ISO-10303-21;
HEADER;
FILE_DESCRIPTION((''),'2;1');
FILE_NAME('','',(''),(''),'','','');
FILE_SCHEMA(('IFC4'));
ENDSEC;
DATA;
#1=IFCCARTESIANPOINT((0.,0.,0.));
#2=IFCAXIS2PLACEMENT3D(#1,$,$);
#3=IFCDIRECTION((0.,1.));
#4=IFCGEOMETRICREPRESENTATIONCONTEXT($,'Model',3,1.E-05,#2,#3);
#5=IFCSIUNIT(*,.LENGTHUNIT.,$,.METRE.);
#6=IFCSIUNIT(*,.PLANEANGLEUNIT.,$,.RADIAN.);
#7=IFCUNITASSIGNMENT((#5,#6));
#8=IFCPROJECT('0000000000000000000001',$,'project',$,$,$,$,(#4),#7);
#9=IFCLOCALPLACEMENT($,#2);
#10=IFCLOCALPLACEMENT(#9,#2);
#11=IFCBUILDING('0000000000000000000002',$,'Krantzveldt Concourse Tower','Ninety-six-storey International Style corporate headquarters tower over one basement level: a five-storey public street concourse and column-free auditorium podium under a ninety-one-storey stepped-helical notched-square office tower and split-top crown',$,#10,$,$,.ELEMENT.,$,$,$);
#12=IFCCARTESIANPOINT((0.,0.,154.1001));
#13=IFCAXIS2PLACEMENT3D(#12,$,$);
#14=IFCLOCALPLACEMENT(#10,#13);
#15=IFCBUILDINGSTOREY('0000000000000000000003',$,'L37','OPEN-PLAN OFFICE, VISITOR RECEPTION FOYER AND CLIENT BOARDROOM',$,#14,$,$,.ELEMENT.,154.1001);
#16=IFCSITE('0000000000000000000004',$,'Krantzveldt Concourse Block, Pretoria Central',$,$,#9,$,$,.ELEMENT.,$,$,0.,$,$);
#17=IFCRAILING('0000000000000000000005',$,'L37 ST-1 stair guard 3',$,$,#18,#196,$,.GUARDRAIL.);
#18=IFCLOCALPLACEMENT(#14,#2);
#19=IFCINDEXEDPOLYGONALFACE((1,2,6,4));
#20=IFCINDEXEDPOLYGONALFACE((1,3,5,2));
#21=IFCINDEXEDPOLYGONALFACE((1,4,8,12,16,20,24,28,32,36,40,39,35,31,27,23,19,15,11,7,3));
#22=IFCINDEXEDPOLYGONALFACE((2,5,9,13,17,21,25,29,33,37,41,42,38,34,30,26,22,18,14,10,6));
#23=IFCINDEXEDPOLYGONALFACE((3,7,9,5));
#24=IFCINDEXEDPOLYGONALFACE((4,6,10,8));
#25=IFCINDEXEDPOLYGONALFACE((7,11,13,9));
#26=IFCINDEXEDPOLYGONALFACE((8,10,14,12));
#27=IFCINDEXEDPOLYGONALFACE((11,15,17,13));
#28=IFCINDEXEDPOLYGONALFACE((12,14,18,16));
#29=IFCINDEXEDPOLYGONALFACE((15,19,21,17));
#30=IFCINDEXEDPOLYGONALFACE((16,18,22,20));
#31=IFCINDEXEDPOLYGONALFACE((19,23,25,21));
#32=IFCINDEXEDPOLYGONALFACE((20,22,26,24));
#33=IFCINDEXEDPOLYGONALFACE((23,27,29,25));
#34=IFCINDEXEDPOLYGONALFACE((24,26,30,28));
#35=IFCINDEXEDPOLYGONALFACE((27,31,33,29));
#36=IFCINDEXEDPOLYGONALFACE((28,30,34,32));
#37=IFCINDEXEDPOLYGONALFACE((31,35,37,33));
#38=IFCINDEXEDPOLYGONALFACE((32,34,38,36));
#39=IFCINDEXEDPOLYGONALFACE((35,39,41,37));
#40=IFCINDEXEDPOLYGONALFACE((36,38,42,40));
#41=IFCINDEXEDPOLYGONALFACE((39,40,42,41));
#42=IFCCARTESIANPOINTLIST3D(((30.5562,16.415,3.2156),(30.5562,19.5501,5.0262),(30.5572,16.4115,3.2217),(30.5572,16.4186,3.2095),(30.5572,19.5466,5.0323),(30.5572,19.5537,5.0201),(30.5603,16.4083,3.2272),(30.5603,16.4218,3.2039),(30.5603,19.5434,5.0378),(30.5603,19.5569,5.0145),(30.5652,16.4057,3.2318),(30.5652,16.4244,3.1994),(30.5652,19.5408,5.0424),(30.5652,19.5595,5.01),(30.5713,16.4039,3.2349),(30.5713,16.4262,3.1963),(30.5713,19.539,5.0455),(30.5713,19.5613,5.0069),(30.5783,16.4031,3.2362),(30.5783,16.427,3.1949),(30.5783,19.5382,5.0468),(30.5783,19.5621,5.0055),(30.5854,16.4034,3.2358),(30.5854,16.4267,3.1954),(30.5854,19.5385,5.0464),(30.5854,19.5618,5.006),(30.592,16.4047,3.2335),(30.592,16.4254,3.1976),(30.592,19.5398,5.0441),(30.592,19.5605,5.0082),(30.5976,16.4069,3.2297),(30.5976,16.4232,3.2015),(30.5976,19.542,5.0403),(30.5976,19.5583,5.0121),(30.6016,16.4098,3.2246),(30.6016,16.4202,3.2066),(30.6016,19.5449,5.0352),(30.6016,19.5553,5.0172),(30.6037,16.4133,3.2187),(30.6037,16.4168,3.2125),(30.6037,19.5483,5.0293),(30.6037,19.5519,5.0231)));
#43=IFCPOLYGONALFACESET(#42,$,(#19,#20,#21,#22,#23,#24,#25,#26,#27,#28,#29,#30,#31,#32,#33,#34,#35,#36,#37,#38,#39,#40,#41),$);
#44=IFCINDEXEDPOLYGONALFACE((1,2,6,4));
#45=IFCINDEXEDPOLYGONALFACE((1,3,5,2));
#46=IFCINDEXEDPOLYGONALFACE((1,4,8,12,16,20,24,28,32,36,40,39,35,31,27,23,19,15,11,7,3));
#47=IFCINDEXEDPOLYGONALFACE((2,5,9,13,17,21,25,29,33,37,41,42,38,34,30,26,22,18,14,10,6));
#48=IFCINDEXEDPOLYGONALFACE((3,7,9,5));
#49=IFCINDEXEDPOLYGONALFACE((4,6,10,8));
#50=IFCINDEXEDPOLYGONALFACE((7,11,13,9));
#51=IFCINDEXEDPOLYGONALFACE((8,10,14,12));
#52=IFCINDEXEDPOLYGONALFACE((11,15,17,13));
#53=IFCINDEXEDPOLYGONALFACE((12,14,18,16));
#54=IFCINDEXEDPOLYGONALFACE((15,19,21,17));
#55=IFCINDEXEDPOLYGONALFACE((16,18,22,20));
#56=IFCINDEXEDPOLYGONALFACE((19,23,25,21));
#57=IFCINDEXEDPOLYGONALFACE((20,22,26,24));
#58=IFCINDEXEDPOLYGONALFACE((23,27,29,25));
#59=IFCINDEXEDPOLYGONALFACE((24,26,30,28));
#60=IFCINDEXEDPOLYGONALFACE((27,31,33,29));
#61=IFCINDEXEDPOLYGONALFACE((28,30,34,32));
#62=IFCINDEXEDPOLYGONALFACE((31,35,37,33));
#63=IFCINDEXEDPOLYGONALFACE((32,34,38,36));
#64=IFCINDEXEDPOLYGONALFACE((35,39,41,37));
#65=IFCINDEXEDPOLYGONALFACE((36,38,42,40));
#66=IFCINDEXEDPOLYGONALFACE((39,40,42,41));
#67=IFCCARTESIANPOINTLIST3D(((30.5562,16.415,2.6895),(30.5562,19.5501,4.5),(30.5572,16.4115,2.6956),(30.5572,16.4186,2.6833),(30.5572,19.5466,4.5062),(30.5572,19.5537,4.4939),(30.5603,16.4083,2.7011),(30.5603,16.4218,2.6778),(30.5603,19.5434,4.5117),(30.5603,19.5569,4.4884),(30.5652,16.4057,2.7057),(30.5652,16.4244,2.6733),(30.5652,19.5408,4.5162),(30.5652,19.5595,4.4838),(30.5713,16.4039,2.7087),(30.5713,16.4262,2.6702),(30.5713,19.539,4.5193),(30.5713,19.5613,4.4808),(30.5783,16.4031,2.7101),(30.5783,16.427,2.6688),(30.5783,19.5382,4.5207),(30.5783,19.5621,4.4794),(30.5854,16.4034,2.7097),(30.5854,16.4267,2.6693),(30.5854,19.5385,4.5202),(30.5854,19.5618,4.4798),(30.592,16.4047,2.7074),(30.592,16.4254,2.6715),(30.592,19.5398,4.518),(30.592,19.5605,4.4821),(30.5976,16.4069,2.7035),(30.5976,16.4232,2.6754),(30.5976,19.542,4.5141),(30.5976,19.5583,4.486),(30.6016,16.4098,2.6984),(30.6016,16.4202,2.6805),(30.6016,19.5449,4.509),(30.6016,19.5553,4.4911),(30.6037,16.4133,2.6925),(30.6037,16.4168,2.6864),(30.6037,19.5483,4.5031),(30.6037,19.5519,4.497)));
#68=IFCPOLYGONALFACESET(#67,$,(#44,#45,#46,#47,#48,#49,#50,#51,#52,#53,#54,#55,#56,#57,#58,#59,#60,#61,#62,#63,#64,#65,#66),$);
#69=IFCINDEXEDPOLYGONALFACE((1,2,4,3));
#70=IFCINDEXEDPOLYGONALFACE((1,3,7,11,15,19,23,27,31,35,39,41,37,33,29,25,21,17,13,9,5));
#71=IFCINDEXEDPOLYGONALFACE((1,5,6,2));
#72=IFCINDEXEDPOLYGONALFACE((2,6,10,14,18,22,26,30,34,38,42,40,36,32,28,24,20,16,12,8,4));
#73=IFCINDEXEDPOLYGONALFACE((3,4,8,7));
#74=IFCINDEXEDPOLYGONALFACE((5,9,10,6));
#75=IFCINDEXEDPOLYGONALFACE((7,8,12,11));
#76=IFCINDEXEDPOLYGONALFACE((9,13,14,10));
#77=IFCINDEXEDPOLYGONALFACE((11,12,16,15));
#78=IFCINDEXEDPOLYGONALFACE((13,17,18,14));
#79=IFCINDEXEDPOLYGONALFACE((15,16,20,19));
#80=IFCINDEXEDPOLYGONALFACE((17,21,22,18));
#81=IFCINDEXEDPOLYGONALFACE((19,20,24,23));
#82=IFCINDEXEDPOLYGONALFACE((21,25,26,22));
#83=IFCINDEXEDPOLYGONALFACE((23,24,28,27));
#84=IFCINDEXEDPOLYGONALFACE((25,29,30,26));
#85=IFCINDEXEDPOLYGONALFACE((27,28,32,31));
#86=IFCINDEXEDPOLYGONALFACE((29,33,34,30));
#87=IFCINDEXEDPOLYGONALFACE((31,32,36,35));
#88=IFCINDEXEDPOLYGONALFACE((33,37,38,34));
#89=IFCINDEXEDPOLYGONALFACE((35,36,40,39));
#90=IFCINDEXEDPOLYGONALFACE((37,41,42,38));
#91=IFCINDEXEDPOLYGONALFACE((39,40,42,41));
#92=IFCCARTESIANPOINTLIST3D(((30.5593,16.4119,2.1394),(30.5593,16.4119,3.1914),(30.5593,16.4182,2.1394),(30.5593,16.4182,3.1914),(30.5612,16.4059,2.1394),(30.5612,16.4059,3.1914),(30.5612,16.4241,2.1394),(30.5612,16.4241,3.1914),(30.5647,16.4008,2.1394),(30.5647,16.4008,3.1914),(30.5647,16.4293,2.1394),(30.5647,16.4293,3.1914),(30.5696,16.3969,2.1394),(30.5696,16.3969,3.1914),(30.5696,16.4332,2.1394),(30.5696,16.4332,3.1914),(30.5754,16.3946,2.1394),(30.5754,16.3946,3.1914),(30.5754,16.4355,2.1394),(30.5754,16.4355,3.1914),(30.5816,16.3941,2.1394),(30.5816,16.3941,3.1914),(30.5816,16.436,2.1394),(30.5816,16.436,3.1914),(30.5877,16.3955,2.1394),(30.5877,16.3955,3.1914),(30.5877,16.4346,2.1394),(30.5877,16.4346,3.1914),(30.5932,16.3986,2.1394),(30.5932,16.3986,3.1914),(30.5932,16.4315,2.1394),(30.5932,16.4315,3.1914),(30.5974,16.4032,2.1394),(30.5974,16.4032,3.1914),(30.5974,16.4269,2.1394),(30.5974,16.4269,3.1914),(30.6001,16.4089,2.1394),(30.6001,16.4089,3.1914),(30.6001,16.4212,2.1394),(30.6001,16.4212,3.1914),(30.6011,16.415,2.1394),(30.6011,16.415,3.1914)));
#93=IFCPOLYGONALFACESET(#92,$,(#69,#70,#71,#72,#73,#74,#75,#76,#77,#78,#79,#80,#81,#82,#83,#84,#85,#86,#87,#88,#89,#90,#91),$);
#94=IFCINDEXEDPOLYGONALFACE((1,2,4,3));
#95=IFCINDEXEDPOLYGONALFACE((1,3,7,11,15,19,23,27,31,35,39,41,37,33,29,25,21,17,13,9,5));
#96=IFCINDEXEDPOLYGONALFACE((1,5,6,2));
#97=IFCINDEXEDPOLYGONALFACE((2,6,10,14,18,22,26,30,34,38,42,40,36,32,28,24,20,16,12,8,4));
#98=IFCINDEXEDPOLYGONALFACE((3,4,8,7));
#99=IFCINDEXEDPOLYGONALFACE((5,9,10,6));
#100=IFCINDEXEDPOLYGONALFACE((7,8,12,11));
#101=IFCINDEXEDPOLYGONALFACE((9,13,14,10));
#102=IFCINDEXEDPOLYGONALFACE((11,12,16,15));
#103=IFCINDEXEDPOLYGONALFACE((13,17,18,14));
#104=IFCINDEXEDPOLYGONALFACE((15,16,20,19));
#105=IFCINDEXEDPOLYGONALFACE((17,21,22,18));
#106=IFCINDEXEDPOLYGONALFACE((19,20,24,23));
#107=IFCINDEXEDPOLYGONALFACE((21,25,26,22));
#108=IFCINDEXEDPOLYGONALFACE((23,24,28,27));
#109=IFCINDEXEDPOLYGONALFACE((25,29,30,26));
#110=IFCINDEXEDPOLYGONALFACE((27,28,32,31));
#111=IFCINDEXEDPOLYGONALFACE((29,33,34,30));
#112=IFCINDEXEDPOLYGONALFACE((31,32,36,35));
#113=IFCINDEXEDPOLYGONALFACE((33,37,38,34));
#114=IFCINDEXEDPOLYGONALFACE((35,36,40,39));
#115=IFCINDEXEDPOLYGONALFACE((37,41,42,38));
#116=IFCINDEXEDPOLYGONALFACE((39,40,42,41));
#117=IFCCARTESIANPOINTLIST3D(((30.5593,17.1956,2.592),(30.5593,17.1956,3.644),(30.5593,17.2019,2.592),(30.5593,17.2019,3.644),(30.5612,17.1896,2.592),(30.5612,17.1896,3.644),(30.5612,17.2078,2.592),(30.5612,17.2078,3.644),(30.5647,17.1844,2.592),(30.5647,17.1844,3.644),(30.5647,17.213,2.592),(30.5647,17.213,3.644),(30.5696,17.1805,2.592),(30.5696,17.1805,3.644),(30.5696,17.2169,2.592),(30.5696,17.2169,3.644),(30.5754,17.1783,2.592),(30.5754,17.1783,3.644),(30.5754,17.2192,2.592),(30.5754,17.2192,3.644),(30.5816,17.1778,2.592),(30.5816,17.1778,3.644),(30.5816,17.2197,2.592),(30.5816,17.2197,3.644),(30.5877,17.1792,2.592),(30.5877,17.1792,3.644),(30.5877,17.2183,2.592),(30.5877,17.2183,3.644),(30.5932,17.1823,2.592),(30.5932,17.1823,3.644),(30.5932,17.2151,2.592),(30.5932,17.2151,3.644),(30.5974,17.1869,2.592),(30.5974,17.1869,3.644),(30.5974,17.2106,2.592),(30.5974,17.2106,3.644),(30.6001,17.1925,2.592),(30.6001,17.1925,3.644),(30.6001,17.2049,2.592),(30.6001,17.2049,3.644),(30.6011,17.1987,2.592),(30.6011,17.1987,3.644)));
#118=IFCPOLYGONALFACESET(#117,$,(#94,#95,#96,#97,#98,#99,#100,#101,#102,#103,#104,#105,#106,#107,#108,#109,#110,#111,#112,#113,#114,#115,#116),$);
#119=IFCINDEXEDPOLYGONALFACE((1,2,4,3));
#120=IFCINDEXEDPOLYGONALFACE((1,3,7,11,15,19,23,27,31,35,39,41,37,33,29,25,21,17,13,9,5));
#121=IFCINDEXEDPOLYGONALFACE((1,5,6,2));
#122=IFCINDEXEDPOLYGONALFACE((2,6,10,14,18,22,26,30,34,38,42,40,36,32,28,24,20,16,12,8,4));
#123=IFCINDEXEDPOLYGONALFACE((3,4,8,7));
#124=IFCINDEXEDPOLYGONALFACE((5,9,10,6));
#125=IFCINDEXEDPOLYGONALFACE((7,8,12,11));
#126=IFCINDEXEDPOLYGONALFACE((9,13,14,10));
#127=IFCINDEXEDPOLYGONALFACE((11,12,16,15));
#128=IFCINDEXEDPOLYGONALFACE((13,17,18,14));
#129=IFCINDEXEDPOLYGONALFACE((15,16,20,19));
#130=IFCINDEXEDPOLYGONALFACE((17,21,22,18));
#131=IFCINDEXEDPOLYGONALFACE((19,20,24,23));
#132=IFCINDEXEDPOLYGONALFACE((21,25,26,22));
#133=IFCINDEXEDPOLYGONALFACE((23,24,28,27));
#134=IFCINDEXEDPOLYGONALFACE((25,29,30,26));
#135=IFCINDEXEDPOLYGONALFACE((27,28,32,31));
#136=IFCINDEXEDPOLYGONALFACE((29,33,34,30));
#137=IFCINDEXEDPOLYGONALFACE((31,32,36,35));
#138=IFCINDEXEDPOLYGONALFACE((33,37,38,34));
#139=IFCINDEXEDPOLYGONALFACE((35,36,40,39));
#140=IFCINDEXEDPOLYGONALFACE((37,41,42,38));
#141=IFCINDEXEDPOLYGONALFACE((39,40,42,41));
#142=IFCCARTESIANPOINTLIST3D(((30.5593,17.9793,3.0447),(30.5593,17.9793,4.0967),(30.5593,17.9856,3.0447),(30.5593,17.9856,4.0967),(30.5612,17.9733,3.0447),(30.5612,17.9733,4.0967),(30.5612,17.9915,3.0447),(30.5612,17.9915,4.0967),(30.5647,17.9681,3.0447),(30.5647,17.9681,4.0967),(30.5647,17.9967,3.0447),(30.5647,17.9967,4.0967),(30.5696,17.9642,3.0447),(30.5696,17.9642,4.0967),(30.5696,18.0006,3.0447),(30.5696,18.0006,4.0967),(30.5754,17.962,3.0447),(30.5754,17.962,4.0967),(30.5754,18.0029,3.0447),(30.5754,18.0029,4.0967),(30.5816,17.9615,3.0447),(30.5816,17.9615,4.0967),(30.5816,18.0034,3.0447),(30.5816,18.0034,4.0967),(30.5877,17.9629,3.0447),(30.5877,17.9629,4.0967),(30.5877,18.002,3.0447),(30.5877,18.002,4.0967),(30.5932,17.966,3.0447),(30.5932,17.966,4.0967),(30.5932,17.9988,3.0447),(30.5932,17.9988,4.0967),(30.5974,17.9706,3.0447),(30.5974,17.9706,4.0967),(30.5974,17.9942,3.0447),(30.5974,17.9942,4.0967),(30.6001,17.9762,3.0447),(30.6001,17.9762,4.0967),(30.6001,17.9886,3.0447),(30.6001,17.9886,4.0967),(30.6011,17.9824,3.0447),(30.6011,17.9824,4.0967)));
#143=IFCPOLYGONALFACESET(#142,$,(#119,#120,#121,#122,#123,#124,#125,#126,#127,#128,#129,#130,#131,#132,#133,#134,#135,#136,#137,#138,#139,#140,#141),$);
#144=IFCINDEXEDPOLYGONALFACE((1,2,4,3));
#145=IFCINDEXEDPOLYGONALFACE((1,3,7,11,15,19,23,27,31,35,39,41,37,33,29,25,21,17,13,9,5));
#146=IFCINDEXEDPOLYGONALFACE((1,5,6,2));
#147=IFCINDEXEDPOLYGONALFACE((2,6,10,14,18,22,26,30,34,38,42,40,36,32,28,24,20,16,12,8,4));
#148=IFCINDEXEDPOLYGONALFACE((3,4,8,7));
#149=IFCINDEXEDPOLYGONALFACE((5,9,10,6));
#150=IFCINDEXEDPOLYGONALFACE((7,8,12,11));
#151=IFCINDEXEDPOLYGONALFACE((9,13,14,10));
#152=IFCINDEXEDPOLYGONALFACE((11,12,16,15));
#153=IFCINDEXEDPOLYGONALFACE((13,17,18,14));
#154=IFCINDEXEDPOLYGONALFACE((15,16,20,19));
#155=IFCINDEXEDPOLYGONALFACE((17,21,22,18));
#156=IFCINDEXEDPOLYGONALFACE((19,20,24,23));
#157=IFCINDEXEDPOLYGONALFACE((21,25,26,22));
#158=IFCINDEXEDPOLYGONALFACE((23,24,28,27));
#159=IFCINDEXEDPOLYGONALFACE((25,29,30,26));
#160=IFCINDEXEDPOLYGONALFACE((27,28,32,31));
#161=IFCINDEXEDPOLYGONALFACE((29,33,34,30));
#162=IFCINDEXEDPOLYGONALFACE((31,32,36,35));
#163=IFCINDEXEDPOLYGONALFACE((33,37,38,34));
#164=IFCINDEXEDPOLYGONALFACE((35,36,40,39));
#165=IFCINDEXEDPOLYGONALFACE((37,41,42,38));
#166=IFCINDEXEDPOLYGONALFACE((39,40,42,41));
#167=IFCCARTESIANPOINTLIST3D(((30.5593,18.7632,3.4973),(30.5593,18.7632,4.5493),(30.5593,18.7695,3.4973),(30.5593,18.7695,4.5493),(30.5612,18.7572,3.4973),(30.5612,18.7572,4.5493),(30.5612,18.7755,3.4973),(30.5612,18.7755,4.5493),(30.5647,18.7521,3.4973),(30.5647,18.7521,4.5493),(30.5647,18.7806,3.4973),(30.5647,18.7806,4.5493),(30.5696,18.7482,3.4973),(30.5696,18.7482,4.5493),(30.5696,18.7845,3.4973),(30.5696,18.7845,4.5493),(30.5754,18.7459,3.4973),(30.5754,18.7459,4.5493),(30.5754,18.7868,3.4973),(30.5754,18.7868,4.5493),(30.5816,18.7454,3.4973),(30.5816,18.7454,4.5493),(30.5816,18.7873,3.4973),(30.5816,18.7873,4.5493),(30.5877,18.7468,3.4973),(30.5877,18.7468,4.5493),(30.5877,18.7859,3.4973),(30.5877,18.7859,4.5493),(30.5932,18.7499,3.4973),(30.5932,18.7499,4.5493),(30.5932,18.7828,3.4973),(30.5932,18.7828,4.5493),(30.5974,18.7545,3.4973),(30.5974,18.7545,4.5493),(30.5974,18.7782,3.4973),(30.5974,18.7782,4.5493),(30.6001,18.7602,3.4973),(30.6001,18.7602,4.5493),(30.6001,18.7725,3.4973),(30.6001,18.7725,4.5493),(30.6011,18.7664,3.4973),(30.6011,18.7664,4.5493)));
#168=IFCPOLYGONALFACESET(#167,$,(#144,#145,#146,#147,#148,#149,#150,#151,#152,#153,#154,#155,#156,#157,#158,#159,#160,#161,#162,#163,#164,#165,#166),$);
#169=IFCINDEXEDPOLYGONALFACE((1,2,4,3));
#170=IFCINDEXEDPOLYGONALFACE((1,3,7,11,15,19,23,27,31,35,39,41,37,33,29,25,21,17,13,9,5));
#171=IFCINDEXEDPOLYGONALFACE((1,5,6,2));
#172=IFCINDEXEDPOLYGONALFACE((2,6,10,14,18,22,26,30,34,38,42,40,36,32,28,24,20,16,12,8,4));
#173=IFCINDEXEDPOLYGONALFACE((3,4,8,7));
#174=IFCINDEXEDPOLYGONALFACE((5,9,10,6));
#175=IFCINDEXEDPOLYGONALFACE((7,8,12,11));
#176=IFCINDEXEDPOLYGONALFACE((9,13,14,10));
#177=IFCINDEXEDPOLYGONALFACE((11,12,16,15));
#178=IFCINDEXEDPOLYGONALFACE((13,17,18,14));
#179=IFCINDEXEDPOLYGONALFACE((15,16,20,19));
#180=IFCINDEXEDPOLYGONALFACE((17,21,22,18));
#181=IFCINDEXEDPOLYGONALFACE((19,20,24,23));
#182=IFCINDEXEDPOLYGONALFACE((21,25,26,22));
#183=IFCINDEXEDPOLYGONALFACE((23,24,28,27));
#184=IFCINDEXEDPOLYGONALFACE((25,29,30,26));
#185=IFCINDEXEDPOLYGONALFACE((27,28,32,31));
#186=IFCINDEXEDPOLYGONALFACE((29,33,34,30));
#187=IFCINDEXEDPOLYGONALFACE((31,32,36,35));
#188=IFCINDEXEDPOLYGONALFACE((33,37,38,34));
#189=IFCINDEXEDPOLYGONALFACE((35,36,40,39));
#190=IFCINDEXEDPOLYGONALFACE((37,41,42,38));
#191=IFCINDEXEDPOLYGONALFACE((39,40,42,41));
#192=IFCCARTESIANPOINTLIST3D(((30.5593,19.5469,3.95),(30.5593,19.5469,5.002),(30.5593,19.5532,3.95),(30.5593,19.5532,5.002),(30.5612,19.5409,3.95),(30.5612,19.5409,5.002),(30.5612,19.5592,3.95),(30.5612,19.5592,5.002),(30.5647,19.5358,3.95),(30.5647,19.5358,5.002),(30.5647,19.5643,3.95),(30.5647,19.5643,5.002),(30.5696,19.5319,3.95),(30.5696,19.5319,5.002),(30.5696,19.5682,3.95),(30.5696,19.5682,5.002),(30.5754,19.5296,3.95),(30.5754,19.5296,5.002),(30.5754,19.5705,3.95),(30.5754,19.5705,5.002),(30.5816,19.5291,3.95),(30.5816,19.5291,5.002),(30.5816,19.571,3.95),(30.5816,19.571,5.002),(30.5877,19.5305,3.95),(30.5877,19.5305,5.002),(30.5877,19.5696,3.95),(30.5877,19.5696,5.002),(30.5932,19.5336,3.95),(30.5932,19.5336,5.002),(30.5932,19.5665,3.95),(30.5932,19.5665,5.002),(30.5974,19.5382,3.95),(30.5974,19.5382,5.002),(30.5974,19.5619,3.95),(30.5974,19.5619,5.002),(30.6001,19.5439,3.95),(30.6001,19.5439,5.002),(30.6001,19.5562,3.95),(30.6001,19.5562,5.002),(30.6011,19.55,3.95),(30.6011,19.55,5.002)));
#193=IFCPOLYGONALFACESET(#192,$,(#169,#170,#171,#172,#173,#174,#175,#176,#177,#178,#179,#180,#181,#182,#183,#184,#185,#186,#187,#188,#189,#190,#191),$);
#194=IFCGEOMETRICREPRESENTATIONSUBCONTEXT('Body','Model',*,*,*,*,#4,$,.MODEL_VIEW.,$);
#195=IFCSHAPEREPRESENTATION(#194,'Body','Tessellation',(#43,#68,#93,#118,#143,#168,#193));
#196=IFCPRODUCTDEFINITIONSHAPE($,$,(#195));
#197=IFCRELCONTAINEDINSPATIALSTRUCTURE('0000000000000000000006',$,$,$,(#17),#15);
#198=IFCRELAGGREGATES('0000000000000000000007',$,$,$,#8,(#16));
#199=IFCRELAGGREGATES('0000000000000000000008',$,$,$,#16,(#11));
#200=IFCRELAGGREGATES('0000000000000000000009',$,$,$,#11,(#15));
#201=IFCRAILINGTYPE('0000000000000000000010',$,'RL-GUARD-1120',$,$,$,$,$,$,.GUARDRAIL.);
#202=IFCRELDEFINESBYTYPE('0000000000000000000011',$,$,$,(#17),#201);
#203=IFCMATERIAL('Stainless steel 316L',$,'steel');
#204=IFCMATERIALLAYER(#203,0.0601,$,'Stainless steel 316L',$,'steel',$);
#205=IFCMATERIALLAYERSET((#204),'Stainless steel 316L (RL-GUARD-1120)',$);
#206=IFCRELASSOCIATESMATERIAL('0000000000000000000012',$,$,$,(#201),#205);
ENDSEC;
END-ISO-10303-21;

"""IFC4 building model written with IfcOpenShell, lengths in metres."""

from ifc_helpers import new_model, si_unit, direction, frame, origin, origin_2d, place, context, subcontext, project, spatial, circle, extrude, material, layer, layer_set, type_object, element, save


model = new_model("IFC4")

# Units and contexts
model_context = context("Model", 3, precision=1e-05, world=origin(), true_north=direction((0.0, 1.0)))
body_context = subcontext(model_context, "Body", "Model", "MODEL_VIEW")
ifc_project = project(units=[si_unit("LENGTHUNIT", "METRE"), si_unit("PLANEANGLEUNIT", "RADIAN")], contexts=[model_context])

# Site, building, storey
site_placement = place(None, origin())
site = spatial("IfcSite", under=ifc_project, at=site_placement, Name="Krantzveldt Concourse Block, Pretoria Central", CompositionType="ELEMENT", RefElevation=0.0)
building_placement = place(site_placement, origin())
building = spatial("IfcBuilding", under=site, at=building_placement, Name="Krantzveldt Concourse Tower", Description="Ninety-six-storey International Style corporate headquarters tower over one basement level: a five-storey public street concourse and column-free auditorium podium under a ninety-one-storey stepped-helical notched-square office tower and split-top crown", CompositionType="ELEMENT")
storey_placement = place(building_placement, frame((0.0, 0.0, 154.1001)))
storey = spatial("IfcBuildingStorey", under=building, at=storey_placement, Name="L37", Description="OPEN-PLAN OFFICE, VISITOR RECEPTION FOYER AND CLIENT BOARDROOM", CompositionType="ELEMENT", Elevation=154.1001)

# Railing
ifc_material_1 = material(Name="Stainless steel 316L", Category="steel")
ifc_layer_1 = layer(ifc_material_1, 0.0601, Name="Stainless steel 316L", Category="steel")
ifc_layer_set_1 = layer_set([ifc_layer_1], Name="Stainless steel 316L (RL-GUARD-1120)")
railing_type_1 = type_object("IfcRailingType", Name="RL-GUARD-1120", PredefinedType="GUARDRAIL", material=ifc_layer_set_1)
railing_1_placement = place(storey_placement, frame((30.5801, 16.415, 2.1394)))
element("IfcRailing", 1, at=railing_1_placement, inside=storey, type_object=railing_type_1, Name="L37 ST-1 stair guard 3", PredefinedType="GUARDRAIL", context=body_context, shape_type="SweptSolid", body=[
    extrude(circle(Radius=0.0239, at=origin_2d()), frame((0.0, 0.0, 1.0762), z_axis=(0.0, 0.86596, 0.500114), x_axis=(-1.0, 0.0, 0.0)), (0.0, 0.0, 1.0), 3.6204),
    extrude(circle(Radius=0.0239, at=origin_2d()), frame((0.0, 0.0, 0.55), z_axis=(0.0, 0.86596, 0.500114), x_axis=(-1.0, 0.0, 0.0)), (0.0, 0.0, 1.0), 3.6204),
    extrude(circle(Radius=0.021, at=origin_2d()), origin(), (0.0, 0.0, 1.0), 1.052),
    extrude(circle(Radius=0.021, at=origin_2d()), frame((0.0, 0.7837, 0.4526)), (0.0, 0.0, 1.0), 1.052),
    extrude(circle(Radius=0.021, at=origin_2d()), frame((0.0, 1.5674, 0.9053)), (0.0, 0.0, 1.0), 1.052),
    extrude(circle(Radius=0.021, at=origin_2d()), frame((0.0, 2.3513, 1.3579)), (0.0, 0.0, 1.0), 1.052),
    extrude(circle(Radius=0.021, at=origin_2d()), frame((0.0, 3.135, 1.8105)), (0.0, 0.0, 1.0), 1.052),
])

save(model, "model.ifc")
